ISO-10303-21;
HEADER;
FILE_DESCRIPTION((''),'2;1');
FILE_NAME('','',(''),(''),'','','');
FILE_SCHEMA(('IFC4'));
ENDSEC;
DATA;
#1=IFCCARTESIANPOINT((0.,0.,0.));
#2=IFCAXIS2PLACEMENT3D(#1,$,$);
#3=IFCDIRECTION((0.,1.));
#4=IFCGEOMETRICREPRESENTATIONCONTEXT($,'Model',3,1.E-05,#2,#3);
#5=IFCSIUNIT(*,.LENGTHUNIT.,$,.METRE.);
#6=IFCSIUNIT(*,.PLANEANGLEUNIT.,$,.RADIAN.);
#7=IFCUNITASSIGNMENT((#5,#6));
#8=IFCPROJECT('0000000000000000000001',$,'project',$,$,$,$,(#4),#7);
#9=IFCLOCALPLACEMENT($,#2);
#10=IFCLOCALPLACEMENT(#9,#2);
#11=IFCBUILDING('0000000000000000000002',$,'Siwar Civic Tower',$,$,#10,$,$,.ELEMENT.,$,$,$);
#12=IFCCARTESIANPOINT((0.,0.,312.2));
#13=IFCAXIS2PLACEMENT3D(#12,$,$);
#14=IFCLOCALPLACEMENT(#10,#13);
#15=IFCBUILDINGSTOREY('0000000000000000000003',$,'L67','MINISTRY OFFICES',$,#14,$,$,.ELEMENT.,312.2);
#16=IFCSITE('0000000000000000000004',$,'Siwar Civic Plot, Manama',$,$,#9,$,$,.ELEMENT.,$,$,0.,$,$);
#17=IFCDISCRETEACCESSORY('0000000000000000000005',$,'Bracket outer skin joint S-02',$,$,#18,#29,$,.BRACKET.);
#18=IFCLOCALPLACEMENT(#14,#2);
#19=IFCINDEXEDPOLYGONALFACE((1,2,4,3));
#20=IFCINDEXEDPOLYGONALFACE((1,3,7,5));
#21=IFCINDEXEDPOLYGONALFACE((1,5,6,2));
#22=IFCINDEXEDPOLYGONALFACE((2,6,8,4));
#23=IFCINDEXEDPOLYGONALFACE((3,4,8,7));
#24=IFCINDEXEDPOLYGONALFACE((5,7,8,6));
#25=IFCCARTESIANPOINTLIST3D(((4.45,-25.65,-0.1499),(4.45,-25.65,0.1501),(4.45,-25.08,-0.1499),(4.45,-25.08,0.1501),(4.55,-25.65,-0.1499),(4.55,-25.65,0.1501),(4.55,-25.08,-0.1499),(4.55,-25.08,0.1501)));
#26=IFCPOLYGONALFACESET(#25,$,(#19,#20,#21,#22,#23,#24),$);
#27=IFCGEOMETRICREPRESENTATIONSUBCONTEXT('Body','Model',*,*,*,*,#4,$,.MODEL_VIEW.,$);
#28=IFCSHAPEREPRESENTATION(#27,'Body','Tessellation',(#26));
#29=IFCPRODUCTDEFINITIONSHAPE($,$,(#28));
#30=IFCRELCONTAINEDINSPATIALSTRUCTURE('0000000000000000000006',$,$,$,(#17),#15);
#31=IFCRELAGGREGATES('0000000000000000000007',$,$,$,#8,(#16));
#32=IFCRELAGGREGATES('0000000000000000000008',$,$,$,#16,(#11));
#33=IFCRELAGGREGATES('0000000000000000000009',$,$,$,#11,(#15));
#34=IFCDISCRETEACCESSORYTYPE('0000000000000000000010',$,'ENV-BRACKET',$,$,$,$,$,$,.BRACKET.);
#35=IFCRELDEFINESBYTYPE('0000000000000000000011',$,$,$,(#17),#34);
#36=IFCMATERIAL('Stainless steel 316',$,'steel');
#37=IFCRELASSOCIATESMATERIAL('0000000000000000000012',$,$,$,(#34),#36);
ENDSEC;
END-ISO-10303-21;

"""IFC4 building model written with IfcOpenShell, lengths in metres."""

from ifc_helpers import new_model, si_unit, direction, frame, origin, origin_2d, place, context, subcontext, project, spatial, rectangle, extrude, material, type_object, element, save


model = new_model("IFC4")

# Units and contexts
model_context = context("Model", 3, precision=1e-05, world=origin(), true_north=direction((0.0, 1.0)))
body_context = subcontext(model_context, "Body", "Model", "MODEL_VIEW")
ifc_project = project(units=[si_unit("LENGTHUNIT", "METRE"), si_unit("PLANEANGLEUNIT", "RADIAN")], contexts=[model_context])

# Site, building, storey
site_placement = place(None, origin())
site = spatial("IfcSite", under=ifc_project, at=site_placement, Name="Siwar Civic Plot, Manama", CompositionType="ELEMENT", RefElevation=0.0)
building_placement = place(site_placement, origin())
building = spatial("IfcBuilding", under=site, at=building_placement, Name="Siwar Civic Tower", CompositionType="ELEMENT")
storey_placement = place(building_placement, frame((0.0, 0.0, 312.2)))
storey = spatial("IfcBuildingStorey", under=building, at=storey_placement, Name="L67", Description="MINISTRY OFFICES", CompositionType="ELEMENT", Elevation=312.2)

# Discrete accessory
ifc_material_1 = material(Name="Stainless steel 316", Category="steel")
discrete_accessory_type = type_object("IfcDiscreteAccessoryType", Name="ENV-BRACKET", PredefinedType="BRACKET", material=ifc_material_1)
discrete_accessory_placement = place(storey_placement, frame((4.5, -25.365, -0.1499), z_axis=(0.0, 0.0, 1.0), x_axis=(0.0, -1.0, 0.0)))
element("IfcDiscreteAccessory", 1, at=discrete_accessory_placement, inside=storey, type_object=discrete_accessory_type, Name="Bracket outer skin joint S-02", PredefinedType="BRACKET", context=body_context, shape_type="SweptSolid", body=[
    extrude(rectangle(XDim=0.5701, YDim=0.1001, at=origin_2d()), origin(), (0.0, 0.0, 1.0), 0.3),
])

save(model, "model.ifc")
